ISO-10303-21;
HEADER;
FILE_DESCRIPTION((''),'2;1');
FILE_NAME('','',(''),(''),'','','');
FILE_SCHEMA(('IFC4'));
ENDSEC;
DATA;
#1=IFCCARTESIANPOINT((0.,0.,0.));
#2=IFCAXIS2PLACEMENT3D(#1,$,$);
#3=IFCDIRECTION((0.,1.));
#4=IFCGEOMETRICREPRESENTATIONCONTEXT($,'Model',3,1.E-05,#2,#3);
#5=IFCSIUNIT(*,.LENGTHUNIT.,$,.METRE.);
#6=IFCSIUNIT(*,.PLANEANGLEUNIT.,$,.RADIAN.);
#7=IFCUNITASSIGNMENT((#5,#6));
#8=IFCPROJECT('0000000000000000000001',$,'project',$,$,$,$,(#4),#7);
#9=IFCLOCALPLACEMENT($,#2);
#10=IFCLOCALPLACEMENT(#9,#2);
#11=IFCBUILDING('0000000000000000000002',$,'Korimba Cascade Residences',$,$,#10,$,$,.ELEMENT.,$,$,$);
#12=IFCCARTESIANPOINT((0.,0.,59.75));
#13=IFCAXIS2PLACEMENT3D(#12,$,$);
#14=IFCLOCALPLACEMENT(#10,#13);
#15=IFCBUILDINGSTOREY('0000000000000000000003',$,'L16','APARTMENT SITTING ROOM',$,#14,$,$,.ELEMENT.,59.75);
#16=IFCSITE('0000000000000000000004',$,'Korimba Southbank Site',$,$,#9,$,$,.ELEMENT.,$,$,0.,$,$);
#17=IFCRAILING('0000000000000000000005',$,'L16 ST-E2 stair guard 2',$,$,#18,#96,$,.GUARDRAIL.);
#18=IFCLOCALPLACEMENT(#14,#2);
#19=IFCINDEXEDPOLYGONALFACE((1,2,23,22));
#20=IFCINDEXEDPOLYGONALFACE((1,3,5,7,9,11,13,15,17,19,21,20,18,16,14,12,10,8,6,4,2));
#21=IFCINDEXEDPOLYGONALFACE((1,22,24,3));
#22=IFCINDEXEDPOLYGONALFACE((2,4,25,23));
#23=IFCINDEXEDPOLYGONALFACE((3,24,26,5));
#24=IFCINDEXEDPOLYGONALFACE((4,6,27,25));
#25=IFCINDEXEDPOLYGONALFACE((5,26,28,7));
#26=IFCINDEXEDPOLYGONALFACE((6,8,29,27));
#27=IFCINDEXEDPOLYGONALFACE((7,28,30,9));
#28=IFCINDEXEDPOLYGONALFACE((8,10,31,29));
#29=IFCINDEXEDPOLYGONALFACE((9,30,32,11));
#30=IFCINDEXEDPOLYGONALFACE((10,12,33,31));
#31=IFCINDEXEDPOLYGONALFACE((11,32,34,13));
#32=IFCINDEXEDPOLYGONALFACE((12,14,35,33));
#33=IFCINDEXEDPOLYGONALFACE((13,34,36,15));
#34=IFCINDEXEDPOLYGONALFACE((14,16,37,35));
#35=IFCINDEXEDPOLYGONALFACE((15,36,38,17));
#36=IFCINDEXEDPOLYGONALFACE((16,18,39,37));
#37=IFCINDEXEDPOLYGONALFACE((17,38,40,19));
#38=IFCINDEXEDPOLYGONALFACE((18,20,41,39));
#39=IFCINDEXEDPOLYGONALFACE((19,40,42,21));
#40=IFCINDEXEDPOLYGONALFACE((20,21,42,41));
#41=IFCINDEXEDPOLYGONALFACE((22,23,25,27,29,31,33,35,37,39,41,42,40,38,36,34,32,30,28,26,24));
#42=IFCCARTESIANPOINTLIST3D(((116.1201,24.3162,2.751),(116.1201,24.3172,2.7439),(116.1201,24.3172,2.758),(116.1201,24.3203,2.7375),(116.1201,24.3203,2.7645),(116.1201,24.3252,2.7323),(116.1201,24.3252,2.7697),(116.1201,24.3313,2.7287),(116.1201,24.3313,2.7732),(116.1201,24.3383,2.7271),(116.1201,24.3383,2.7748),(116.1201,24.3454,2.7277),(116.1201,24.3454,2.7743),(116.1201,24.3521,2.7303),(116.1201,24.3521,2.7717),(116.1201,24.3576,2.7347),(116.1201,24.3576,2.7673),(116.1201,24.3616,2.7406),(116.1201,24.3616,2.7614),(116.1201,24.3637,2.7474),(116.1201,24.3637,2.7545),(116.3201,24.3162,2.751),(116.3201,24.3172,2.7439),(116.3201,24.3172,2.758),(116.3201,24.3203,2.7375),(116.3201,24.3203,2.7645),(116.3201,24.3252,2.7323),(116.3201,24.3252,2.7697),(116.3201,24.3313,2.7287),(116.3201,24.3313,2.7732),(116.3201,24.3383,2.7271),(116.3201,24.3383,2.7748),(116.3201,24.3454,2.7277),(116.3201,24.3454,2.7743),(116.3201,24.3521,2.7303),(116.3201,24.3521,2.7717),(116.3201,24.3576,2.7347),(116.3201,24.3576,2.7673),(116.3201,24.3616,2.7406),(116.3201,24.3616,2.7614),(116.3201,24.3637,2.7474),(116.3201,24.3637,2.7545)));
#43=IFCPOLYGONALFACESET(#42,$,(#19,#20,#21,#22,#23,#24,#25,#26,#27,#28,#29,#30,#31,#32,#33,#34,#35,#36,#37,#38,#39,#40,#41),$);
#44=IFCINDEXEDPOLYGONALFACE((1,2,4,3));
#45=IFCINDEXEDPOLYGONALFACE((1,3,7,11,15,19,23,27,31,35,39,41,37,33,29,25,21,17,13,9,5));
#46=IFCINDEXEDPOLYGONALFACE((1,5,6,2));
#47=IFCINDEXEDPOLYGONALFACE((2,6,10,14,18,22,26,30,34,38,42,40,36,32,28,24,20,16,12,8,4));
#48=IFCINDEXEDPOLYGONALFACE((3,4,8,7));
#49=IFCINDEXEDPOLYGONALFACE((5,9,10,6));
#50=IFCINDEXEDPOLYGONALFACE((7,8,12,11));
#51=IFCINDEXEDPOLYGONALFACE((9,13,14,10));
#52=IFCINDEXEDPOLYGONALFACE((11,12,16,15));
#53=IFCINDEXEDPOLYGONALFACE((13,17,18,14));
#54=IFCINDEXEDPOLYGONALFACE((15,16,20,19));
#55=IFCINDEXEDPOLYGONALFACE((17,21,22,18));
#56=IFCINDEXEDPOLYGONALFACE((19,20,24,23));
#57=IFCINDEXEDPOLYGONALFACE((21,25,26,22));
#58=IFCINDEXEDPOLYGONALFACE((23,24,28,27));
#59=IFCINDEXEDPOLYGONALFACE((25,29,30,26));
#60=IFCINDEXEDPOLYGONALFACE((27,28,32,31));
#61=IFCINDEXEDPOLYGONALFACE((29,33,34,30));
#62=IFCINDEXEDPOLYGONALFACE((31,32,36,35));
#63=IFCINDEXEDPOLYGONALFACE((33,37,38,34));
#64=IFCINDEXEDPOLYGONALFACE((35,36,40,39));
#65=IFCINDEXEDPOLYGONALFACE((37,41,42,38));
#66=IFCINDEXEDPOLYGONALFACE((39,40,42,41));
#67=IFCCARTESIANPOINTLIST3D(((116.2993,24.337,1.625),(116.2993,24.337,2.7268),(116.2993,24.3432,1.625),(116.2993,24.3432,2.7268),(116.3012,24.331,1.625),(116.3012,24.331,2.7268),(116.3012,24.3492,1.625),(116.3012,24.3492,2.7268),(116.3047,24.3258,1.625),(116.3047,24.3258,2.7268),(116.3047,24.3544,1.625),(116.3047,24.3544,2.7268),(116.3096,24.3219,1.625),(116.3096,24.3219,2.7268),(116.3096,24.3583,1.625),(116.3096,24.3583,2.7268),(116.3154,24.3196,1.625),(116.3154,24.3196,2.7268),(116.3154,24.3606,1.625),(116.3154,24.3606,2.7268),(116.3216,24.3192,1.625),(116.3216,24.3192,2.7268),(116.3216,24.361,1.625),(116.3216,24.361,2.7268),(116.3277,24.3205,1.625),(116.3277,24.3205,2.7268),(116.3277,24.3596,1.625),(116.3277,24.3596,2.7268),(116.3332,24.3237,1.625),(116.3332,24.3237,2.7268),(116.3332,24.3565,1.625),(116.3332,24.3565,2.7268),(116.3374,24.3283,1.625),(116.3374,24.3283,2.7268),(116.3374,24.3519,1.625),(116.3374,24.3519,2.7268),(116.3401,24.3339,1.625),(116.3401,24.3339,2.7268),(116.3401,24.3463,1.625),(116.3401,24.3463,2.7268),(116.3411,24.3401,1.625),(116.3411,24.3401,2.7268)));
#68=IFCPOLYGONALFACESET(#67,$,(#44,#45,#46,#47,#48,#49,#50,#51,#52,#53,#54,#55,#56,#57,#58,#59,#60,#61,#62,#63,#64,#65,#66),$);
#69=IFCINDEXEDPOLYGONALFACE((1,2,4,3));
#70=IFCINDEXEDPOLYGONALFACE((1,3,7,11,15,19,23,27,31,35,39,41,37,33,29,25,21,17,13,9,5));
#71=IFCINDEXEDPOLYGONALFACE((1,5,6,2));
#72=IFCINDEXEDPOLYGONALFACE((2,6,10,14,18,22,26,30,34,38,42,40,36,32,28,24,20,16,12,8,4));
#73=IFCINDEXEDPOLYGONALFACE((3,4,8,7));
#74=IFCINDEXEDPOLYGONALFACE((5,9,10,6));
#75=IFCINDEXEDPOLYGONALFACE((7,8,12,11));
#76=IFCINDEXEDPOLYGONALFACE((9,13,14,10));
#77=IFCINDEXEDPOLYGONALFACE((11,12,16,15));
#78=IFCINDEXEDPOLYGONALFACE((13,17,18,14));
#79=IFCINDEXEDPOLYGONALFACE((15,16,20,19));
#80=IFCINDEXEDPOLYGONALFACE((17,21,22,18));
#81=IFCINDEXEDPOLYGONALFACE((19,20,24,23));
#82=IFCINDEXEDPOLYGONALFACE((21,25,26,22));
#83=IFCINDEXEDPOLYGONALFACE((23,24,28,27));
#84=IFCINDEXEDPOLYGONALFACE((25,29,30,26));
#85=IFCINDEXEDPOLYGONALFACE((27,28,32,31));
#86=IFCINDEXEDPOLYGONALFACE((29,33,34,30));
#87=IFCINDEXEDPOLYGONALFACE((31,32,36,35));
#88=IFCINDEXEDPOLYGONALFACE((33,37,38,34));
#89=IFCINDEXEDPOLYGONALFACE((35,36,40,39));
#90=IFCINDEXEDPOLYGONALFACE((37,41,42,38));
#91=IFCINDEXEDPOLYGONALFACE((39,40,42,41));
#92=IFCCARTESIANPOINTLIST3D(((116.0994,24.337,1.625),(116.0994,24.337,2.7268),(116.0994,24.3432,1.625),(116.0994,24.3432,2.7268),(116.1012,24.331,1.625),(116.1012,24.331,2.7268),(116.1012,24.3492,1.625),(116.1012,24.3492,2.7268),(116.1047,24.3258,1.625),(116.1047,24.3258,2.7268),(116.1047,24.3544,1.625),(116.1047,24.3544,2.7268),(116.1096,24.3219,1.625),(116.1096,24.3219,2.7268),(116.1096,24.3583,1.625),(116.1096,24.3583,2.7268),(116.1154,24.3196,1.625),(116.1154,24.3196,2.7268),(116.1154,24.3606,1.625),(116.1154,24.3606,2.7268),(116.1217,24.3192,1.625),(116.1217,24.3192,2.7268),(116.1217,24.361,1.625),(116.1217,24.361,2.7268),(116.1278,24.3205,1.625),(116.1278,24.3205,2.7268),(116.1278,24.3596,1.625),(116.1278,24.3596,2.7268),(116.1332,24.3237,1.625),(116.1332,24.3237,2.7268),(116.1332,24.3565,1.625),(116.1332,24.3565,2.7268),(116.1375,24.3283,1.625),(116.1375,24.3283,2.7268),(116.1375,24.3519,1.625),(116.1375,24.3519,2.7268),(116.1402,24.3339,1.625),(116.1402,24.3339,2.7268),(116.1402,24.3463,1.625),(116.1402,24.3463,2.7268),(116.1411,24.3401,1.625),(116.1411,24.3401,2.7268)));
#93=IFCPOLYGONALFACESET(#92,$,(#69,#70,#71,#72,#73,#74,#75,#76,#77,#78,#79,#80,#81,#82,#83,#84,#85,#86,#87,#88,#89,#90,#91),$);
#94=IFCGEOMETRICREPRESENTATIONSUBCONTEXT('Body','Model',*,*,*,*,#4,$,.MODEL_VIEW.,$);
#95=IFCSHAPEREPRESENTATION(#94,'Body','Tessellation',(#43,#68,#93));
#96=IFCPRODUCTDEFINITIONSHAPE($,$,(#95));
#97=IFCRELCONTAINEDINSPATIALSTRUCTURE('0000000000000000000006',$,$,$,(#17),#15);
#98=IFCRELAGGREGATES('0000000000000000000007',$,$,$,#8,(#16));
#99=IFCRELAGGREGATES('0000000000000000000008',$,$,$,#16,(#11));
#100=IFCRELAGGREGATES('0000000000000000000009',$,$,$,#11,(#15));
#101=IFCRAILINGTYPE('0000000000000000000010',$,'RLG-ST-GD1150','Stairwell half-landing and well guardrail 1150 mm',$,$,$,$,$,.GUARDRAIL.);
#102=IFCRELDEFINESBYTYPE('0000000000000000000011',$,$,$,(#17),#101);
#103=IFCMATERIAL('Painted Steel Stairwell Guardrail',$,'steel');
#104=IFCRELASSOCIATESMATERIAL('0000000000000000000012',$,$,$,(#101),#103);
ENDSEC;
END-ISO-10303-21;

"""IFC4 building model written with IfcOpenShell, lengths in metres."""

from ifc_helpers import new_model, si_unit, direction, frame, origin, origin_2d, place, context, subcontext, project, spatial, circle, extrude, material, type_object, element, save


model = new_model("IFC4")

# Units and contexts
model_context = context("Model", 3, precision=1e-05, world=origin(), true_north=direction((0.0, 1.0)))
body_context = subcontext(model_context, "Body", "Model", "MODEL_VIEW")
ifc_project = project(units=[si_unit("LENGTHUNIT", "METRE"), si_unit("PLANEANGLEUNIT", "RADIAN")], contexts=[model_context])

# Site, building, storey
site_placement = place(None, origin())
site = spatial("IfcSite", under=ifc_project, at=site_placement, Name="Korimba Southbank Site", CompositionType="ELEMENT", RefElevation=0.0)
building_placement = place(site_placement, origin())
building = spatial("IfcBuilding", under=site, at=building_placement, Name="Korimba Cascade Residences", CompositionType="ELEMENT")
storey_placement = place(building_placement, frame((0.0, 0.0, 59.75)))
storey = spatial("IfcBuildingStorey", under=building, at=storey_placement, Name="L16", Description="APARTMENT SITTING ROOM", CompositionType="ELEMENT", Elevation=59.75)

# Railing
ifc_material_1 = material(Name="Painted Steel Stairwell Guardrail", Category="steel")
railing_type_1 = type_object("IfcRailingType", Name="RLG-ST-GD1150", Description="Stairwell half-landing and well guardrail 1150 mm", PredefinedType="GUARDRAIL", material=ifc_material_1)
railing_1_placement = place(storey_placement, frame((116.3201, 24.3401, 1.625)))
element("IfcRailing", 1, at=railing_1_placement, inside=storey, type_object=railing_type_1, Name="L16 ST-E2 stair guard 2", PredefinedType="GUARDRAIL", context=body_context, shape_type="SweptSolid", body=[
    extrude(circle(Radius=0.0239, at=origin_2d()), frame((0.0, 0.0, 1.126), z_axis=(-1.0, 0.0, 0.0), x_axis=(0.0, -1.0, 0.0)), (0.0, 0.0, 1.0), 0.2),
    extrude(circle(Radius=0.021, at=origin_2d()), origin(), (0.0, 0.0, 1.0), 1.1018),
    extrude(circle(Radius=0.021, at=origin_2d()), frame((-0.2, 0.0, 0.0)), (0.0, 0.0, 1.0), 1.1018),
])

save(model, "model.ifc")
